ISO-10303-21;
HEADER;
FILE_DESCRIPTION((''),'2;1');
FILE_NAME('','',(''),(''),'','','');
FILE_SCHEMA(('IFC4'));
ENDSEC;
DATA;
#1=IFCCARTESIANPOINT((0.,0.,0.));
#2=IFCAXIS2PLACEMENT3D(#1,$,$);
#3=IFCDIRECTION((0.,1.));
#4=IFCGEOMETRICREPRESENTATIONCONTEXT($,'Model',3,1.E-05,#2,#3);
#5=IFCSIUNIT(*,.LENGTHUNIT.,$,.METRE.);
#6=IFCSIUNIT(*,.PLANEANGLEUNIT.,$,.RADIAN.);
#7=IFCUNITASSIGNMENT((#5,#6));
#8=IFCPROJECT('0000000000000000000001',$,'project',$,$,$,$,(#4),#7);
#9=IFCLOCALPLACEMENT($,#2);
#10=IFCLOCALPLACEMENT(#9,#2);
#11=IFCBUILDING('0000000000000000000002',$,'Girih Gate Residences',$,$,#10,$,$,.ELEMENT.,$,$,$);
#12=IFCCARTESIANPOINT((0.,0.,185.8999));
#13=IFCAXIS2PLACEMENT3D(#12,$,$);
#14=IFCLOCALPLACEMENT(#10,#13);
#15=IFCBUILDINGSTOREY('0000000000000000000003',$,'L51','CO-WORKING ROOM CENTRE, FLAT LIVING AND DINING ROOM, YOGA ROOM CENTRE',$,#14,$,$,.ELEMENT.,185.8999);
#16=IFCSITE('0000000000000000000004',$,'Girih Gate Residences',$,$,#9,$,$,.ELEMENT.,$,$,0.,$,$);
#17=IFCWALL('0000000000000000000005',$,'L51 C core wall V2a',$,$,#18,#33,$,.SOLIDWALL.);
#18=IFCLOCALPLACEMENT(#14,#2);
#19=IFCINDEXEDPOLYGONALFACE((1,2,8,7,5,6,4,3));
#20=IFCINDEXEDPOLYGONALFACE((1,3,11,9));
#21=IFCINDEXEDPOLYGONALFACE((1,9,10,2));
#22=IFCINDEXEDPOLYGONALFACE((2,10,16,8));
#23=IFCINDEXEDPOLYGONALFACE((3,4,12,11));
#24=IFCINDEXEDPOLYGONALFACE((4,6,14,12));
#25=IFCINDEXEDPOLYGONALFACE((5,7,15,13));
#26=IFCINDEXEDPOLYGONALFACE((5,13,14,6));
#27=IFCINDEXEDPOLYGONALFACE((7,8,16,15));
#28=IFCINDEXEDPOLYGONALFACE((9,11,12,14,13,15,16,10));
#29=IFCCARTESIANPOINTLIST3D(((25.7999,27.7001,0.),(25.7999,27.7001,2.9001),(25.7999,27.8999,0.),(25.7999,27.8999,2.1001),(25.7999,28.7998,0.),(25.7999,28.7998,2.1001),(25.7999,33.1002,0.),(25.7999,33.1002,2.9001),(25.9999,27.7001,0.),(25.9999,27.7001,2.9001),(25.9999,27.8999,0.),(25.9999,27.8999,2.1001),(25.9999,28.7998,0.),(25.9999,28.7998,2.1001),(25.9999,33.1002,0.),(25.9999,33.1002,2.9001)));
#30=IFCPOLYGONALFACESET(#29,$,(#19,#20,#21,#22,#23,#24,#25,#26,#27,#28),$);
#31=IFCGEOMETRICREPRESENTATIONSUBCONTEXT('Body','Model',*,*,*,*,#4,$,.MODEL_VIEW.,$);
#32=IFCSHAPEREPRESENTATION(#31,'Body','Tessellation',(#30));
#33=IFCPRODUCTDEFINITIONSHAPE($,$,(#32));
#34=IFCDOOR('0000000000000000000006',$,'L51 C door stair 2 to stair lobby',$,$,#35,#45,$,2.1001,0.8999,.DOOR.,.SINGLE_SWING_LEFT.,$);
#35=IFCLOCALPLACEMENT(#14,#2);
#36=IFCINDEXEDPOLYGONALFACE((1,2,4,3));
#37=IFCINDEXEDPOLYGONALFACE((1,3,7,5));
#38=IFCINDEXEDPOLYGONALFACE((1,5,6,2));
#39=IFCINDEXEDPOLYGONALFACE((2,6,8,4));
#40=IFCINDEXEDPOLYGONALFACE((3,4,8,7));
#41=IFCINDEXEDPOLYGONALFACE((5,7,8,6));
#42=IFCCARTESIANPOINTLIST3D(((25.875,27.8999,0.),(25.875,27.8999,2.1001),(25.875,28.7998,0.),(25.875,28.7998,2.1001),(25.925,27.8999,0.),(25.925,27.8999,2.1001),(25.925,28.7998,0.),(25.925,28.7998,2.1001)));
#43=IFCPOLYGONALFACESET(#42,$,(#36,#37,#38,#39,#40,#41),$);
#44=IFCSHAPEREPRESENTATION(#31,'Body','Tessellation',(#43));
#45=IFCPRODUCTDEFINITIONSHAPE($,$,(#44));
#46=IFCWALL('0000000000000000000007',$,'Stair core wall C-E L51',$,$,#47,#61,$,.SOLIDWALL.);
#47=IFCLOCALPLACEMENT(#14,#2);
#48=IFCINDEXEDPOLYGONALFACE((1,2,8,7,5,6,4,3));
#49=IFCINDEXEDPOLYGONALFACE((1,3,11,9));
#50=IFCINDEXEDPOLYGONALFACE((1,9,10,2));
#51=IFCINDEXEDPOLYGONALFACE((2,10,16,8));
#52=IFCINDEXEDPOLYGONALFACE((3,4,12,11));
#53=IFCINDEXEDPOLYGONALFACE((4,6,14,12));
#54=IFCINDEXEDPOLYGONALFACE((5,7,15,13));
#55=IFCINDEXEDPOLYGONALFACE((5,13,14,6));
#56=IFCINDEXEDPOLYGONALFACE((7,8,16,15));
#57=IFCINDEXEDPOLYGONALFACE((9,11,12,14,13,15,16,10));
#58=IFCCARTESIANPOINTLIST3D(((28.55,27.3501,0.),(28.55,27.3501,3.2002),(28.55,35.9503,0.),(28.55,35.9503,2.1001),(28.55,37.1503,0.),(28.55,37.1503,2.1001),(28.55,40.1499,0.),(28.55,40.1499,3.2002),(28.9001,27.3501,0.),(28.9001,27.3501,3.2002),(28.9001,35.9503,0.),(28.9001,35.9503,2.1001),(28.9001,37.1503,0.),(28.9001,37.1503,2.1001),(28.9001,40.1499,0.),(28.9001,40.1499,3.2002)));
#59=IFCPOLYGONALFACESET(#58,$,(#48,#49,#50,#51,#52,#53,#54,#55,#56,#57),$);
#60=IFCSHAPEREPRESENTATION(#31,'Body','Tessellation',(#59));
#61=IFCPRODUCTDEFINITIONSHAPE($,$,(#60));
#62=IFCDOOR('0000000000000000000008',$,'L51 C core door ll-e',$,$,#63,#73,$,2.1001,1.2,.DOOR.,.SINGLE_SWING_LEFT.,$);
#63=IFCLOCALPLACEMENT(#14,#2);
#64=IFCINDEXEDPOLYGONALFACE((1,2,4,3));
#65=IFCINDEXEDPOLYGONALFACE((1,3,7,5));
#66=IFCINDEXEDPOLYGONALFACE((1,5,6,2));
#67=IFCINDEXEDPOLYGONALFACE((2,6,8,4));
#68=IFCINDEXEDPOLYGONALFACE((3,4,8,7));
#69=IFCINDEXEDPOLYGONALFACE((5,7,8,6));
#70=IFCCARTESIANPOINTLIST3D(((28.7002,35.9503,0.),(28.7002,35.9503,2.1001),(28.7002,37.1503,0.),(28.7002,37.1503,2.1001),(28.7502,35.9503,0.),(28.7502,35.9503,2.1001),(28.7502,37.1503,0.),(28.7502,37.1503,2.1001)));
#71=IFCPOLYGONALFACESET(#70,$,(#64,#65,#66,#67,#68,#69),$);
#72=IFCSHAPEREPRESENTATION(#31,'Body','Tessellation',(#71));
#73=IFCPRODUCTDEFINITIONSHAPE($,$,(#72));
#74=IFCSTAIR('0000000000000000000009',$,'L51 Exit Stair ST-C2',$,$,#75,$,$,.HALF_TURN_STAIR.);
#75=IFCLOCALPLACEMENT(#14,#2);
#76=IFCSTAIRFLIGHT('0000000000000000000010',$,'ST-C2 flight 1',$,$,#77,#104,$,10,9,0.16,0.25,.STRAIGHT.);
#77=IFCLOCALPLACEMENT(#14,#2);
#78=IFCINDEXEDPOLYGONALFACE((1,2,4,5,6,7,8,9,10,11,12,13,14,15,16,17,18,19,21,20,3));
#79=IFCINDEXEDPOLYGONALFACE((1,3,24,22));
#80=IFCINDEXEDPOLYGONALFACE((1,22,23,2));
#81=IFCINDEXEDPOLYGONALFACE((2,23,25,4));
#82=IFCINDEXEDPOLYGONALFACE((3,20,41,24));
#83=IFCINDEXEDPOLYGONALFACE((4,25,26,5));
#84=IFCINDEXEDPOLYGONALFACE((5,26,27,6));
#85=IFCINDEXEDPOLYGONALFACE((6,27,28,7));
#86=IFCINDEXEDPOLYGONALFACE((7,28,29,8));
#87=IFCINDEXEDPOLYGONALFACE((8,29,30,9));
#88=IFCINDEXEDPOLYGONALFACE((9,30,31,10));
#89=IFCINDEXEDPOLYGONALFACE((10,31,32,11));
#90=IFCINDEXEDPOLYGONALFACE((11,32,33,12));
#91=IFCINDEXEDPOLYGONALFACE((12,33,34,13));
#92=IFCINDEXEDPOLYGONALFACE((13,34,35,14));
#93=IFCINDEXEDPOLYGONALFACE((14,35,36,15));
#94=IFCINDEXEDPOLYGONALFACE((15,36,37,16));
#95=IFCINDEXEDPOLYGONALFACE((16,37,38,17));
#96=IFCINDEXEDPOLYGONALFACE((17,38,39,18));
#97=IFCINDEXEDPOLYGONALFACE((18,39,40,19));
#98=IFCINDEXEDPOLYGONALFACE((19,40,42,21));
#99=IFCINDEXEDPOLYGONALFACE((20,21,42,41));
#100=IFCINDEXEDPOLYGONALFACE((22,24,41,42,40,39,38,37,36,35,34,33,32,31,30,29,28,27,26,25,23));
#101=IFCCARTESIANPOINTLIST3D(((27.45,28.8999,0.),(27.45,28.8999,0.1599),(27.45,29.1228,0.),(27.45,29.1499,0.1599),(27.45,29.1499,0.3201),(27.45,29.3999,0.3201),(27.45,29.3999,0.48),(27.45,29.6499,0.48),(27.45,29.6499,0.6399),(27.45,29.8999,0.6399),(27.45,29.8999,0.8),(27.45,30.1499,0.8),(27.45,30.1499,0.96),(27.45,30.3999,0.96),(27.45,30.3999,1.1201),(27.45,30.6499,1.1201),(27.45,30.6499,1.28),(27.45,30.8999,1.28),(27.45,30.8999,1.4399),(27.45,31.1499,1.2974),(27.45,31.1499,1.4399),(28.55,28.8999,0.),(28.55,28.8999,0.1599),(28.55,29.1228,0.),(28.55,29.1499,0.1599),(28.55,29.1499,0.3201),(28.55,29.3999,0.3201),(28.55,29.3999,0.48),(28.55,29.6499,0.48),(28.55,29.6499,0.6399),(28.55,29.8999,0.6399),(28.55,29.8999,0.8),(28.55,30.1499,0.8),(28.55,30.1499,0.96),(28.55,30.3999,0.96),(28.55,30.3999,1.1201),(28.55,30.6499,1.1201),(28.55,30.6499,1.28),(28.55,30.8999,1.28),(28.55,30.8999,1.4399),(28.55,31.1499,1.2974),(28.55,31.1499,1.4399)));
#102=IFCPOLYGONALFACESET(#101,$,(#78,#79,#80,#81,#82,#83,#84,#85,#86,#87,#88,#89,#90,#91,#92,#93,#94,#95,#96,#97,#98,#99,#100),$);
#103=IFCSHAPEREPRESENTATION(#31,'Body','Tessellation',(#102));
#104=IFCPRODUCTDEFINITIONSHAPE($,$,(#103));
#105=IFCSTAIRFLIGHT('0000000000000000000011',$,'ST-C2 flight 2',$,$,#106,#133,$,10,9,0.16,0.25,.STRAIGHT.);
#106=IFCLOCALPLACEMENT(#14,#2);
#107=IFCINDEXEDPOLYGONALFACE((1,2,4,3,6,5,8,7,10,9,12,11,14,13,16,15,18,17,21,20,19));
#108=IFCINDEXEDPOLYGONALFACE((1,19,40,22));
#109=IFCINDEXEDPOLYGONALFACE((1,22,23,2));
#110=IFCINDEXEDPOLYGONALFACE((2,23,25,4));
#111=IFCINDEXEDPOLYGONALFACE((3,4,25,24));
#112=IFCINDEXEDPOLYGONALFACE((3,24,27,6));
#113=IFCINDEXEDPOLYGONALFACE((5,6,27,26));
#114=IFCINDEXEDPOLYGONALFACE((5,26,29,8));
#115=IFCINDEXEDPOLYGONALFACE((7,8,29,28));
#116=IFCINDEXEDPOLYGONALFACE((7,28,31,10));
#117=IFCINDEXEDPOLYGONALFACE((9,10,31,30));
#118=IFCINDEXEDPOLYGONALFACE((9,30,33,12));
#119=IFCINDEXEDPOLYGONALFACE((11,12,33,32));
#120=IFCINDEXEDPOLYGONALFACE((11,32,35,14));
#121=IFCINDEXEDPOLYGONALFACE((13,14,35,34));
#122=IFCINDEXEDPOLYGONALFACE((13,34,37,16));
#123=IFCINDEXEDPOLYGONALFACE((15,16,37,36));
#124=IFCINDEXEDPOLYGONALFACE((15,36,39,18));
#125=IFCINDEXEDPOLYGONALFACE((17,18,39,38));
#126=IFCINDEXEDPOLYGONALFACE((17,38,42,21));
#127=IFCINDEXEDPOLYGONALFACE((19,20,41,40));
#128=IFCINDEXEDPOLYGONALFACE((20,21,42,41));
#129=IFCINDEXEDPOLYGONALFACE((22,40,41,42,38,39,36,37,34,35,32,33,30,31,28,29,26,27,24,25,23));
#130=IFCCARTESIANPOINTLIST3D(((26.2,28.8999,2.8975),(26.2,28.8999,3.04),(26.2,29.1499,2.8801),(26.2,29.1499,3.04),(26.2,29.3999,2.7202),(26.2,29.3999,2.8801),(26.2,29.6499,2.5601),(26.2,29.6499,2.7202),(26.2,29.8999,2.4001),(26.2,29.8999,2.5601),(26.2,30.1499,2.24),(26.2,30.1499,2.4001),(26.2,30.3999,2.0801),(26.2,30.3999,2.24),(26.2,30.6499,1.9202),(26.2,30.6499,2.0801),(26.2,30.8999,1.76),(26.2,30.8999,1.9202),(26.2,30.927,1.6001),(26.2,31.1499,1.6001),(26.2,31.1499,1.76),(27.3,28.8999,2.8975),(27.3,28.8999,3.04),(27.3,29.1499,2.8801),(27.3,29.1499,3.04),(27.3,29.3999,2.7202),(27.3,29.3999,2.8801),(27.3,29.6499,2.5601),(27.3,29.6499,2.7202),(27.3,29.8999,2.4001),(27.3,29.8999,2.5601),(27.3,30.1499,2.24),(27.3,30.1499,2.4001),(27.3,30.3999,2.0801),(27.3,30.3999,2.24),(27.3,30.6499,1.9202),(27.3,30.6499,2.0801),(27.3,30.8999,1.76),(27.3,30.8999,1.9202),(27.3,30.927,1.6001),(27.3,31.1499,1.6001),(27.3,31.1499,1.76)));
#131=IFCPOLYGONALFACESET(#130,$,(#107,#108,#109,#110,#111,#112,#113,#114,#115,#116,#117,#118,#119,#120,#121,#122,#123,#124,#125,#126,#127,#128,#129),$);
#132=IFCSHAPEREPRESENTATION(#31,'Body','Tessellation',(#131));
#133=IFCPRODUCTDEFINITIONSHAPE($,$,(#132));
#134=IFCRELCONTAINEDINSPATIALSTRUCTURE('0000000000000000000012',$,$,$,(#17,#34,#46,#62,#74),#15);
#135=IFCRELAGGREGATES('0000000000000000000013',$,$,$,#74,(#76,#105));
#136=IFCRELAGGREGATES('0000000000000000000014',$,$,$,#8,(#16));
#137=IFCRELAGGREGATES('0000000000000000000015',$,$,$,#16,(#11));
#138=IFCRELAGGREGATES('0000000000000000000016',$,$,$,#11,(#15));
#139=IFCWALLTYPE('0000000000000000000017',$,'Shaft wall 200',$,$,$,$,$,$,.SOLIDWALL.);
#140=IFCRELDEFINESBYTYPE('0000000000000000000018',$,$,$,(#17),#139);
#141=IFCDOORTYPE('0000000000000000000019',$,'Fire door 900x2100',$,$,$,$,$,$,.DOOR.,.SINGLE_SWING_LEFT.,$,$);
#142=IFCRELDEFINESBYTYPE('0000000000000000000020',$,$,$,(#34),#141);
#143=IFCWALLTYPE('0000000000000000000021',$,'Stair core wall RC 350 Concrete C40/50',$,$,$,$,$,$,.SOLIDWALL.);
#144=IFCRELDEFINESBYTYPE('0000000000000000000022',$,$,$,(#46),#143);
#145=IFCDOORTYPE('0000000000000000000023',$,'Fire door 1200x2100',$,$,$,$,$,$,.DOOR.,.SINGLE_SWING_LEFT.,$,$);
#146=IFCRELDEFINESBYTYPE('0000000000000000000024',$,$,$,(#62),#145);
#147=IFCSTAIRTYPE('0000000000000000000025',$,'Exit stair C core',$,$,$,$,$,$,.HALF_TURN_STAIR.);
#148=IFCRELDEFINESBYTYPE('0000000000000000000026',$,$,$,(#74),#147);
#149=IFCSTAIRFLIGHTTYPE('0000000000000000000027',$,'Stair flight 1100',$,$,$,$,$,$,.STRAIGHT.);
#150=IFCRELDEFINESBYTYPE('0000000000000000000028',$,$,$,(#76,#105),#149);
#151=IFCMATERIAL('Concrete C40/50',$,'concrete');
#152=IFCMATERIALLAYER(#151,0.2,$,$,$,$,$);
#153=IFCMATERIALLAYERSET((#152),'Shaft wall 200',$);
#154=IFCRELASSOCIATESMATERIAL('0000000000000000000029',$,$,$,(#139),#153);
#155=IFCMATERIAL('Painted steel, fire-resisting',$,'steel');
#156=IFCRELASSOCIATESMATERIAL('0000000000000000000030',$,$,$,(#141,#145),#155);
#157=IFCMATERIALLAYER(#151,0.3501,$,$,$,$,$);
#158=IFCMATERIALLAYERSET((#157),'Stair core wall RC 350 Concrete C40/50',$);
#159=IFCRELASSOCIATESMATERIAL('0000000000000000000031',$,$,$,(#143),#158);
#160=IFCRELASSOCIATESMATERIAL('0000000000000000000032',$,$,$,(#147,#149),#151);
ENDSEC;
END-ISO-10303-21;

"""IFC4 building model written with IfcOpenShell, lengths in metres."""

from ifc_helpers import new_model, si_unit, direction, frame, frame_2d, origin, place, context, subcontext, project, spatial, polyline, rectangle, outline, extrude, material, layer, layer_set, type_object, element, fill, aggregate, save


model = new_model("IFC4")

# Units and contexts
model_context = context("Model", 3, precision=1e-05, world=origin(), true_north=direction((0.0, 1.0)))
body_context = subcontext(model_context, "Body", "Model", "MODEL_VIEW")
ifc_project = project(units=[si_unit("LENGTHUNIT", "METRE"), si_unit("PLANEANGLEUNIT", "RADIAN")], contexts=[model_context])

# Site, building, storey
site_placement = place(None, origin())
site = spatial("IfcSite", under=ifc_project, at=site_placement, Name="Girih Gate Residences", CompositionType="ELEMENT", RefElevation=0.0)
building_placement = place(site_placement, origin())
building = spatial("IfcBuilding", under=site, at=building_placement, Name="Girih Gate Residences", CompositionType="ELEMENT")
storey_placement = place(building_placement, frame((0.0, 0.0, 185.8999)))
storey = spatial("IfcBuildingStorey", under=building, at=storey_placement, Name="L51", Description="CO-WORKING ROOM CENTRE, FLAT LIVING AND DINING ROOM, YOGA ROOM CENTRE", CompositionType="ELEMENT", Elevation=185.8999)

# Walls, openings, doors
ifc_material_1 = material(Name="Concrete C40/50", Category="concrete")
ifc_layer_1 = layer(ifc_material_1, 0.2)
ifc_layer_set_1 = layer_set([ifc_layer_1], Name="Shaft wall 200")
wall_type_1 = type_object("IfcWallType", Name="Shaft wall 200", PredefinedType="SOLIDWALL", material=ifc_layer_set_1)
ifc_material_2 = material(Name="Painted steel, fire-resisting", Category="steel")
door_type_1 = type_object("IfcDoorType", Name="Fire door 900x2100", OperationType="SINGLE_SWING_LEFT", PredefinedType="DOOR", material=ifc_material_2)
wall_1_placement = place(storey_placement, frame((25.8999, 27.7, 0.0), z_axis=(0.0, 0.0, 1.0), x_axis=(0.0, 1.0, 0.0)))
wall_1 = element("IfcWall", 1, at=wall_1_placement, inside=storey, type_object=wall_type_1, Name="L51 C core wall V2a", PredefinedType="SOLIDWALL", context=body_context, shape_type="SweptSolid", body=[
    extrude(rectangle(XDim=5.4001, YDim=0.2, at=frame_2d((2.7002, 0.0))), origin(), (0.0, 0.0, 1.0), 2.9001),
])
opening_1_placement = place(wall_1_placement, frame((0.2, 0.0, 0.0)))
opening_1 = element("IfcOpeningElement", 2, at=opening_1_placement, cuts=wall_1, PredefinedType="OPENING", context=body_context, shape_type="SweptSolid", body=[
    extrude(rectangle(XDim=0.8999, YDim=2.1001, at=frame_2d((0.45, 1.05))), frame((0.0, 0.1099, 0.0), z_axis=(0.0, -1.0, 0.0), x_axis=(1.0, 0.0, 0.0)), (0.0, 0.0, 1.0), 0.22),
])
door_1_placement = place(opening_1_placement, origin())
door_1 = element("IfcDoor", 3, at=door_1_placement, inside=storey, type_object=door_type_1, Name="L51 C door stair 2 to stair lobby", OperationType="SINGLE_SWING_LEFT", OverallHeight=2.1001, OverallWidth=0.8999, PredefinedType="DOOR", context=body_context, shape_type="SweptSolid", body=[
    extrude(rectangle(XDim=0.8999, YDim=2.1001, at=frame_2d((0.45, 1.05))), frame((0.0, 0.0249, 0.0), z_axis=(0.0, -1.0, 0.0), x_axis=(1.0, 0.0, 0.0)), (0.0, 0.0, 1.0), 0.05),
])
fill(opening_1, door_1)
ifc_layer_2 = layer(ifc_material_1, 0.3501)
ifc_layer_set_2 = layer_set([ifc_layer_2], Name="Stair core wall RC 350 Concrete C40/50")
wall_type_2 = type_object("IfcWallType", Name="Stair core wall RC 350 Concrete C40/50", PredefinedType="SOLIDWALL", material=ifc_layer_set_2)
wall_2_placement = place(storey_placement, frame((28.7251, 27.3501, 0.0), z_axis=(0.0, 0.0, 1.0), x_axis=(0.0, 1.0, 0.0)))
wall_2 = element("IfcWall", 4, at=wall_2_placement, inside=storey, type_object=wall_type_2, Name="Stair core wall C-E L51", PredefinedType="SOLIDWALL", context=body_context, shape_type="SweptSolid", body=[
    extrude(rectangle(XDim=12.7998, YDim=0.3501, at=frame_2d((6.3999, 0.0))), origin(), (0.0, 0.0, 1.0), 3.2002),
])
opening_2_placement = place(wall_2_placement, frame((8.6001, 0.0, 0.0)))
opening_2 = element("IfcOpeningElement", 5, at=opening_2_placement, cuts=wall_2, PredefinedType="OPENING", context=body_context, shape_type="SweptSolid", body=[
    extrude(rectangle(XDim=1.2, YDim=2.1001, at=frame_2d((0.6001, 1.05))), frame((0.0, 0.1851, 0.0), z_axis=(0.0, -1.0, 0.0), x_axis=(1.0, 0.0, 0.0)), (0.0, 0.0, 1.0), 0.3701),
])
door_type_2 = type_object("IfcDoorType", Name="Fire door 1200x2100", OperationType="SINGLE_SWING_LEFT", PredefinedType="DOOR", material=ifc_material_2)
door_2_placement = place(opening_2_placement, origin())
door_2 = element("IfcDoor", 6, at=door_2_placement, inside=storey, type_object=door_type_2, Name="L51 C core door ll-e", OperationType="SINGLE_SWING_LEFT", OverallHeight=2.1001, OverallWidth=1.2, PredefinedType="DOOR", context=body_context, shape_type="SweptSolid", body=[
    extrude(rectangle(XDim=1.2, YDim=2.1001, at=frame_2d((0.6001, 1.05))), frame((0.0, 0.0249, 0.0), z_axis=(0.0, -1.0, 0.0), x_axis=(1.0, 0.0, 0.0)), (0.0, 0.0, 1.0), 0.05),
])
fill(opening_2, door_2)

# Stair, stair flights
stair_type = type_object("IfcStairType", Name="Exit stair C core", PredefinedType="HALF_TURN_STAIR", material=ifc_material_1)
stair_placement = place(storey_placement, origin())
stair = element("IfcStair", 7, at=stair_placement, inside=storey, type_object=stair_type, Name="L51 Exit Stair ST-C2", PredefinedType="HALF_TURN_STAIR")
stair_flight_type = type_object("IfcStairFlightType", Name="Stair flight 1100", PredefinedType="STRAIGHT", material=ifc_material_1)
stair_flight_1_placement = place(storey_placement, frame((28.0, 28.8999, 0.0), z_axis=(0.0, 0.0, 1.0), x_axis=(0.0, 1.0, 0.0)))
stair_flight_1 = element("IfcStairFlight", 8, at=stair_flight_1_placement, type_object=stair_flight_type, Name="ST-C2 flight 1", NumberOfRisers=10, NumberOfTreads=9, PredefinedType="STRAIGHT", RiserHeight=0.16, TreadLength=0.25, context=body_context, shape_type="SweptSolid", body=[
    extrude(outline(polyline([(0.0, 0.0), (0.0, 0.1599), (0.25, 0.1599), (0.25, 0.3201), (0.5, 0.3201), (0.5, 0.48), (0.75, 0.48), (0.75, 0.6399), (1.0, 0.6399), (1.0, 0.8), (1.25, 0.8), (1.25, 0.96), (1.5, 0.96), (1.5, 1.1201), (1.75, 1.1201), (1.75, 1.28), (2.0, 1.28), (2.0, 1.4399), (2.25, 1.4399), (2.25, 1.6001), (2.25, 1.2974), (0.2229, 0.0), (0.0, 0.0)])), frame((0.0, 0.55, 0.0), z_axis=(0.0, -1.0, 0.0), x_axis=(1.0, 0.0, 0.0)), (0.0, 0.0, 1.0), 1.1001),
])
stair_flight_2_placement = place(storey_placement, frame((26.75, 31.1499, 1.6001), z_axis=(0.0, 0.0, 1.0), x_axis=(0.0, -1.0, 0.0)))
stair_flight_2 = element("IfcStairFlight", 9, at=stair_flight_2_placement, type_object=stair_flight_type, Name="ST-C2 flight 2", NumberOfRisers=10, NumberOfTreads=9, PredefinedType="STRAIGHT", RiserHeight=0.16, TreadLength=0.25, context=body_context, shape_type="SweptSolid", body=[
    extrude(outline(polyline([(0.0, 0.0), (0.0, 0.1599), (0.25, 0.1599), (0.25, 0.3201), (0.5, 0.3201), (0.5, 0.48), (0.75, 0.48), (0.75, 0.6399), (1.0, 0.6399), (1.0, 0.8), (1.25, 0.8), (1.25, 0.96), (1.5, 0.96), (1.5, 1.1201), (1.75, 1.1201), (1.75, 1.28), (2.0, 1.28), (2.0, 1.4399), (2.25, 1.4399), (2.25, 1.6001), (2.25, 1.2974), (0.2229, 0.0), (0.0, 0.0)])), frame((0.0, 0.55, 0.0), z_axis=(0.0, -1.0, 0.0), x_axis=(1.0, 0.0, 0.0)), (0.0, 0.0, 1.0), 1.1001),
])
aggregate(stair, [stair_flight_1, stair_flight_2])

save(model, "model.ifc")
